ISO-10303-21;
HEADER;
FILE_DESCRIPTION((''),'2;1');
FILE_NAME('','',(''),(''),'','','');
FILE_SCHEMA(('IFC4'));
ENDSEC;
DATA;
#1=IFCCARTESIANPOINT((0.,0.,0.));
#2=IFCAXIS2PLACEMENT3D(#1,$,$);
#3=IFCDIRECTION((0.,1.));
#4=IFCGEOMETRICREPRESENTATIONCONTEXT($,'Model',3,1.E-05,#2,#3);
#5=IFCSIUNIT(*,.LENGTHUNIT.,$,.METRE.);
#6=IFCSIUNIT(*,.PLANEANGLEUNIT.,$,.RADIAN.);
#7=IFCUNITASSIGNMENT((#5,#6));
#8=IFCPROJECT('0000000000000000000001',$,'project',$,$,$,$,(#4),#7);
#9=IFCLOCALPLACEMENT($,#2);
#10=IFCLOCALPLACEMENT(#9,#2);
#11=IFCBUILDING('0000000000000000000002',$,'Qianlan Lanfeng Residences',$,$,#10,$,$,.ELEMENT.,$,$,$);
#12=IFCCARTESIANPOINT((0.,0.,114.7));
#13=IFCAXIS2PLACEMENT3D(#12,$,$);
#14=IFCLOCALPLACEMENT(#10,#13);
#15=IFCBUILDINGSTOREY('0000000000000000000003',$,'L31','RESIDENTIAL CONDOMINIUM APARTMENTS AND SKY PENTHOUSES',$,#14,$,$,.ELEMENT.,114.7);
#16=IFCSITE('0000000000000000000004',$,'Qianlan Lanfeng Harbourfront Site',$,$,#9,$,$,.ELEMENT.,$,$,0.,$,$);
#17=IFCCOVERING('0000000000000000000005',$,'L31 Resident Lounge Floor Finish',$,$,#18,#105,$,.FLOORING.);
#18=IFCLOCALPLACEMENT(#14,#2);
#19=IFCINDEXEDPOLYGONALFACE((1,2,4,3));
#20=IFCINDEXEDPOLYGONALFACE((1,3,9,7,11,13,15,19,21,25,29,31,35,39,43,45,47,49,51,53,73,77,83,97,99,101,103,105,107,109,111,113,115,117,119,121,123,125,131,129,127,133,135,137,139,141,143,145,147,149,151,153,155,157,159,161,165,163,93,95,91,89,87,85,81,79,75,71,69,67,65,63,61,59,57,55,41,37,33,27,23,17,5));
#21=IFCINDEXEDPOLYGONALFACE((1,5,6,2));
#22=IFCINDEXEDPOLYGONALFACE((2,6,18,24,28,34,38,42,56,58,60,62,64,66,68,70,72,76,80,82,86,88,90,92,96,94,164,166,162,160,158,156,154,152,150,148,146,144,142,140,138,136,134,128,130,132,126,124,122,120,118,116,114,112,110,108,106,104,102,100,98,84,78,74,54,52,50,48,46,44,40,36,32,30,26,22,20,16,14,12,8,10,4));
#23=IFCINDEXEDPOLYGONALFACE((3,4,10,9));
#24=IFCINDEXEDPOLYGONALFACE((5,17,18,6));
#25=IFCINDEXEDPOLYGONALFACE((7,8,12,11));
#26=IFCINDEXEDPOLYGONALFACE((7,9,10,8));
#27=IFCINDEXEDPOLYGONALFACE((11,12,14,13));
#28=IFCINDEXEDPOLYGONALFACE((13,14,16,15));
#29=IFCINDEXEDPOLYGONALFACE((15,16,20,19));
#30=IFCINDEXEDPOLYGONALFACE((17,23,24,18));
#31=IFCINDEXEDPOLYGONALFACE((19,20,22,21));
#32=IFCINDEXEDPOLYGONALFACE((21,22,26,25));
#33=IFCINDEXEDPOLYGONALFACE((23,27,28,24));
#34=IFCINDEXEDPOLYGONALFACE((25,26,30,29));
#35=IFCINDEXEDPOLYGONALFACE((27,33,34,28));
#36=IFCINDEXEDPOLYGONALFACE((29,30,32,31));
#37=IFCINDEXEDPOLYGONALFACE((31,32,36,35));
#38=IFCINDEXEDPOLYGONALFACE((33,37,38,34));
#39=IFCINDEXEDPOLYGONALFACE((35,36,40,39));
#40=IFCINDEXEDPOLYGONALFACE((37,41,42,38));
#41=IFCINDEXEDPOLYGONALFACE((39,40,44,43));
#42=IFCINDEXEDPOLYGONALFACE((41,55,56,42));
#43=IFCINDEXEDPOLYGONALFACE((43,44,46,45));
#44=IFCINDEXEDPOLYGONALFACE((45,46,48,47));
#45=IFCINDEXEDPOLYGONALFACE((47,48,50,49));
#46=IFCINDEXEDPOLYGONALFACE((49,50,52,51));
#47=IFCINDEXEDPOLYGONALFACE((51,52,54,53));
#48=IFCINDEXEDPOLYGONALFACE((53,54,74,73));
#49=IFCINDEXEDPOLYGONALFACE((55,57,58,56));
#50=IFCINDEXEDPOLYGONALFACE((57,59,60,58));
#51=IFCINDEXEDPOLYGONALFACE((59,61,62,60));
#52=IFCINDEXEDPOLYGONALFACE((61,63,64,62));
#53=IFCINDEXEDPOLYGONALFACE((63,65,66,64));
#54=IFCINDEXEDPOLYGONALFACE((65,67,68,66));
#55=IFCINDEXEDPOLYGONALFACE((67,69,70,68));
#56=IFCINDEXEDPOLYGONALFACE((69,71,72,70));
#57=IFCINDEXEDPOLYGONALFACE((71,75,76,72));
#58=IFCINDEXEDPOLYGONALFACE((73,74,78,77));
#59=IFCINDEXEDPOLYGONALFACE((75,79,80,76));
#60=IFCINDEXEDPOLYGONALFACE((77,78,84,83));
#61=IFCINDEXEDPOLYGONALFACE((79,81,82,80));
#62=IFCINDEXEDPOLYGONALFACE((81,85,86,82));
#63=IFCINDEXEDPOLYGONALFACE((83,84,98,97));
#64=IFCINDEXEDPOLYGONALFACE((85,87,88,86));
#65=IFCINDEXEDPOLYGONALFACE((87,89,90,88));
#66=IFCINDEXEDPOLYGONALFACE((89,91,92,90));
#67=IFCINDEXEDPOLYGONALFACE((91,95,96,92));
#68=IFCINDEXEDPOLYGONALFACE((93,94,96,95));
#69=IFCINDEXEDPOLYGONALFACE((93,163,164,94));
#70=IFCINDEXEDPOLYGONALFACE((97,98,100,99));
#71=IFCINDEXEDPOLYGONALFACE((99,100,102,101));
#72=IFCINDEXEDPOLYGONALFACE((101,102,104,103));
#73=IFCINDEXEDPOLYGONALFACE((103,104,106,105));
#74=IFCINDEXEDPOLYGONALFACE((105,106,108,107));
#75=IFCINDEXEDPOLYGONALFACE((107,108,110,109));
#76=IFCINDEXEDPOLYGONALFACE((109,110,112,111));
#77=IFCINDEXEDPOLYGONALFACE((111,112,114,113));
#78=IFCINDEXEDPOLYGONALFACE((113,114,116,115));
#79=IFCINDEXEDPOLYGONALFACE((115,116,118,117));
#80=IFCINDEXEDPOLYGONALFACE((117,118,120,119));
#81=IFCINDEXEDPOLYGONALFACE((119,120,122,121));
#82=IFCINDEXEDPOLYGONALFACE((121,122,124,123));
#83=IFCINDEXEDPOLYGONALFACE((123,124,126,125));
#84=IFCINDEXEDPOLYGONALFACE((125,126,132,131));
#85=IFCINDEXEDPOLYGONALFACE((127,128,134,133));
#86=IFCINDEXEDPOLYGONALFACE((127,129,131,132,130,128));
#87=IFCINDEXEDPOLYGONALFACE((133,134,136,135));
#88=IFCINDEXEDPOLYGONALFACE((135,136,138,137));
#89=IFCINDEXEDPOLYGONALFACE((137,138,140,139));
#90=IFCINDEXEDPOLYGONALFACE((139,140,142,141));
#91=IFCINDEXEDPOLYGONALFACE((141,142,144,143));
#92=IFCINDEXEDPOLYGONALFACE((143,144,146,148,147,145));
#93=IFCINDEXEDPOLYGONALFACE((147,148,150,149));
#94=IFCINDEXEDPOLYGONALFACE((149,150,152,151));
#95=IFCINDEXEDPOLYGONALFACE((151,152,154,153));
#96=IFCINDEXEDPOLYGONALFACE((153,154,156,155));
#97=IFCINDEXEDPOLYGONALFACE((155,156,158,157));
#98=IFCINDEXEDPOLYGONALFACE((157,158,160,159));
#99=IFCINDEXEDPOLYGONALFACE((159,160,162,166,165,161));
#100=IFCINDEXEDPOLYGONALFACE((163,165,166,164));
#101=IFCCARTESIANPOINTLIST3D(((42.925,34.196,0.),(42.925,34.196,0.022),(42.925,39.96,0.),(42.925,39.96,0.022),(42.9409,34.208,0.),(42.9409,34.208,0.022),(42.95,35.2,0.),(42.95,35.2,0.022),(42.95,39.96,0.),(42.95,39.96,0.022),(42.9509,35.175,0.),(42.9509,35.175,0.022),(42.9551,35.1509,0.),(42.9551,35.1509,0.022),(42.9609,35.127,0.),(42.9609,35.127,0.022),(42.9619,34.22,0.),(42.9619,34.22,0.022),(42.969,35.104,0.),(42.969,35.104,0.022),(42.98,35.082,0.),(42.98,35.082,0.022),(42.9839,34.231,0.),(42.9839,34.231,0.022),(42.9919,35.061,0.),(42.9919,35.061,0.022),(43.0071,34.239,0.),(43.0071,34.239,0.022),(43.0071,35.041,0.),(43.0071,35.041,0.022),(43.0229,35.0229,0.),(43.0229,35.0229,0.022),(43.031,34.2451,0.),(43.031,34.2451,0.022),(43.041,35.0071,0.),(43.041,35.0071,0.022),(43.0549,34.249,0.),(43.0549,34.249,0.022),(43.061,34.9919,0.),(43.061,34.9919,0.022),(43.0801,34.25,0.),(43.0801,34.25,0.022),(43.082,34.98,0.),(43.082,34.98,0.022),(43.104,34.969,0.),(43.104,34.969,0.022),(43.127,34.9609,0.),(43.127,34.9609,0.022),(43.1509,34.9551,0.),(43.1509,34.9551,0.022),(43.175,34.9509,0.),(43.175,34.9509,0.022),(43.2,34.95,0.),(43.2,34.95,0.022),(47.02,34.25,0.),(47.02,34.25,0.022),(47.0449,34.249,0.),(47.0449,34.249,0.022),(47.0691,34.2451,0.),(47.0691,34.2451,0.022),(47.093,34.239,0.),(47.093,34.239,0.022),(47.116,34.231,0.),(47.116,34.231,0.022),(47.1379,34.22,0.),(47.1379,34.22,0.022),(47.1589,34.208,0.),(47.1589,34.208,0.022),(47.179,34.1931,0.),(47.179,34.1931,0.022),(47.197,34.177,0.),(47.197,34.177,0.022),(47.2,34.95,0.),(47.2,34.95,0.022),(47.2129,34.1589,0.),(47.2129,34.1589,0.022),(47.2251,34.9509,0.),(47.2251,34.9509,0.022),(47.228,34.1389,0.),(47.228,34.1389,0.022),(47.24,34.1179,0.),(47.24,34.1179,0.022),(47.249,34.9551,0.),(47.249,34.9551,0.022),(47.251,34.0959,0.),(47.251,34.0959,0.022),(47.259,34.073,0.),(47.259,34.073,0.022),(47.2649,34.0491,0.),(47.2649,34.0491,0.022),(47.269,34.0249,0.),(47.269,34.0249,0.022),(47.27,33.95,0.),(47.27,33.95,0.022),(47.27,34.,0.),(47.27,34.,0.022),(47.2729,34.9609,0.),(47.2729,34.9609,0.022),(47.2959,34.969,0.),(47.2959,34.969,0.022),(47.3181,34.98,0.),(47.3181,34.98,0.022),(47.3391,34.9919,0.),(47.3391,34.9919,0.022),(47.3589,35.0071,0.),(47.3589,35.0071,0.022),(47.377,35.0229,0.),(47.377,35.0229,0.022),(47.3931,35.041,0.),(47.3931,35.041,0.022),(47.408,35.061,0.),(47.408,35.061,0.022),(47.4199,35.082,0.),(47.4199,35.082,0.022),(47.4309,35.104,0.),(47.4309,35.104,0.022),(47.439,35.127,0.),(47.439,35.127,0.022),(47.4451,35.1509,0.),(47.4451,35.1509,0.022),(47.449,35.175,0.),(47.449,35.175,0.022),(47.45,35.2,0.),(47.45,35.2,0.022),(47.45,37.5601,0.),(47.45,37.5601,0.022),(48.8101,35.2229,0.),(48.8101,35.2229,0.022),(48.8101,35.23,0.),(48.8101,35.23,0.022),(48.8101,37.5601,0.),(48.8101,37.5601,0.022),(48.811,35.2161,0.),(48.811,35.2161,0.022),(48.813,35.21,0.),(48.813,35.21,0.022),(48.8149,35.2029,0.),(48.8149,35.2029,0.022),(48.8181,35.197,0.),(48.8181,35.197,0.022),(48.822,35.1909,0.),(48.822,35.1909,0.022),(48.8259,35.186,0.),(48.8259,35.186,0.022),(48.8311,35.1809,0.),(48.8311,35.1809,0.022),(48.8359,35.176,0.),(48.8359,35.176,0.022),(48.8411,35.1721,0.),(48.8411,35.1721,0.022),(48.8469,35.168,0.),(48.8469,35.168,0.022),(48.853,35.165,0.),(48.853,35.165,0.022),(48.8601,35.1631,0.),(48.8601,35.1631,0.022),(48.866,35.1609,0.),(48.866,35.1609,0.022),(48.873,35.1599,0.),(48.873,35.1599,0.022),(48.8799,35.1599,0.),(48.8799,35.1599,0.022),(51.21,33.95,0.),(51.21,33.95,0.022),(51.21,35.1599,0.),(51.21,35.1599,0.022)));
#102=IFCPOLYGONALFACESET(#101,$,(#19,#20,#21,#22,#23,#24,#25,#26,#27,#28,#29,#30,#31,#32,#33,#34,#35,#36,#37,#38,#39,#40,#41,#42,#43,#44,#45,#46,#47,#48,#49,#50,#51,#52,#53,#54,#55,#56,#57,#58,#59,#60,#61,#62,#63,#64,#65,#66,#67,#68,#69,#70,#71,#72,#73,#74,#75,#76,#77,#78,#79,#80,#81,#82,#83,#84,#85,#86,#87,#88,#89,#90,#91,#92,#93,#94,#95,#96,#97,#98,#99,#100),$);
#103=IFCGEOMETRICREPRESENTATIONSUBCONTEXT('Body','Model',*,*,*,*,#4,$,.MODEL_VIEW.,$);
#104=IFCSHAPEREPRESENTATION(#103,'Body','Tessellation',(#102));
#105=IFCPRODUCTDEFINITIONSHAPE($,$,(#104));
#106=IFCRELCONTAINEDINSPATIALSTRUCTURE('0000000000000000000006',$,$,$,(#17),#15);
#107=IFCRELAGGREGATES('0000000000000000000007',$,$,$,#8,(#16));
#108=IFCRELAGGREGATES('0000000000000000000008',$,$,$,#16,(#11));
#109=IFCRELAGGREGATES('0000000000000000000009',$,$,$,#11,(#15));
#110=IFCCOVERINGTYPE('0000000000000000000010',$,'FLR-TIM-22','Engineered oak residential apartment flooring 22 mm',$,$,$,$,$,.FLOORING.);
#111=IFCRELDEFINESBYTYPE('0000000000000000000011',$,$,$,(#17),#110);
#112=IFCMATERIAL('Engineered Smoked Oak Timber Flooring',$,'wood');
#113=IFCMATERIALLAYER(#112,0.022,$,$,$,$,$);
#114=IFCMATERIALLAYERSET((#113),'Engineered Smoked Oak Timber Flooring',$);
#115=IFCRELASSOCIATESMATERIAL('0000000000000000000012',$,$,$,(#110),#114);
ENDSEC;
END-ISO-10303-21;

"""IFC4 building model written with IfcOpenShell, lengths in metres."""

from ifc_helpers import new_model, si_unit, direction, frame, origin, place, context, subcontext, project, spatial, polyline, outline, extrude, material, layer, layer_set, type_object, element, save


model = new_model("IFC4")

# Units and contexts
model_context = context("Model", 3, precision=1e-05, world=origin(), true_north=direction((0.0, 1.0)))
body_context = subcontext(model_context, "Body", "Model", "MODEL_VIEW")
ifc_project = project(units=[si_unit("LENGTHUNIT", "METRE"), si_unit("PLANEANGLEUNIT", "RADIAN")], contexts=[model_context])

# Site, building, storey
site_placement = place(None, origin())
site = spatial("IfcSite", under=ifc_project, at=site_placement, Name="Qianlan Lanfeng Harbourfront Site", CompositionType="ELEMENT", RefElevation=0.0)
building_placement = place(site_placement, origin())
building = spatial("IfcBuilding", under=site, at=building_placement, Name="Qianlan Lanfeng Residences", CompositionType="ELEMENT")
storey_placement = place(building_placement, frame((0.0, 0.0, 114.7)))
storey = spatial("IfcBuildingStorey", under=building, at=storey_placement, Name="L31", Description="RESIDENTIAL CONDOMINIUM APARTMENTS AND SKY PENTHOUSES", CompositionType="ELEMENT", Elevation=114.7)

# Covering
ifc_material_1 = material(Name="Engineered Smoked Oak Timber Flooring", Category="wood")
ifc_layer_1 = layer(ifc_material_1, 0.022)
ifc_layer_set_1 = layer_set([ifc_layer_1], Name="Engineered Smoked Oak Timber Flooring")
covering_type = type_object("IfcCoveringType", Name="FLR-TIM-22", Description="Engineered oak residential apartment flooring 22 mm", PredefinedType="FLOORING", material=ifc_layer_set_1)
covering_placement = place(storey_placement, origin())
element("IfcCovering", 1, at=covering_placement, inside=storey, type_object=covering_type, Name="L31 Resident Lounge Floor Finish", PredefinedType="FLOORING", context=body_context, shape_type="SweptSolid", body=[
    extrude(outline(polyline([(42.925, 34.196), (42.9409, 34.208), (42.9619, 34.22), (42.9839, 34.231), (43.0071, 34.239), (43.031, 34.2451), (43.0549, 34.249), (43.0801, 34.25), (47.02, 34.25), (47.0449, 34.249), (47.0691, 34.2451), (47.093, 34.239), (47.116, 34.231), (47.1379, 34.22), (47.1589, 34.208), (47.179, 34.1931), (47.197, 34.177), (47.2129, 34.1589), (47.228, 34.1389), (47.24, 34.1179), (47.251, 34.0959), (47.259, 34.073), (47.2649, 34.0491), (47.269, 34.0249), (47.27, 34.0), (47.27, 33.95), (51.21, 33.95), (51.21, 35.1599), (48.8799, 35.1599), (48.873, 35.1599), (48.866, 35.1609), (48.8601, 35.1631), (48.853, 35.165), (48.8469, 35.168), (48.8411, 35.1721), (48.8359, 35.176), (48.8311, 35.1809), (48.8259, 35.186), (48.822, 35.1909), (48.8181, 35.197), (48.8149, 35.2029), (48.813, 35.21), (48.811, 35.2161), (48.8101, 35.2229), (48.8101, 35.23), (48.8101, 37.5601), (47.45, 37.5601), (47.45, 35.2), (47.449, 35.175), (47.4451, 35.1509), (47.439, 35.127), (47.4309, 35.104), (47.4199, 35.082), (47.408, 35.061), (47.3931, 35.041), (47.377, 35.0229), (47.3589, 35.0071), (47.3391, 34.9919), (47.3181, 34.98), (47.2959, 34.969), (47.2729, 34.9609), (47.249, 34.9551), (47.2251, 34.9509), (47.2, 34.95), (43.2, 34.95), (43.175, 34.9509), (43.1509, 34.9551), (43.127, 34.9609), (43.104, 34.969), (43.082, 34.98), (43.061, 34.9919), (43.041, 35.0071), (43.0229, 35.0229), (43.0071, 35.041), (42.9919, 35.061), (42.98, 35.082), (42.969, 35.104), (42.9609, 35.127), (42.9551, 35.1509), (42.9509, 35.175), (42.95, 35.2), (42.95, 39.96), (42.925, 39.96), (42.925, 34.196)])), origin(), (0.0, 0.0, 1.0), 0.022),
])

save(model, "model.ifc")
